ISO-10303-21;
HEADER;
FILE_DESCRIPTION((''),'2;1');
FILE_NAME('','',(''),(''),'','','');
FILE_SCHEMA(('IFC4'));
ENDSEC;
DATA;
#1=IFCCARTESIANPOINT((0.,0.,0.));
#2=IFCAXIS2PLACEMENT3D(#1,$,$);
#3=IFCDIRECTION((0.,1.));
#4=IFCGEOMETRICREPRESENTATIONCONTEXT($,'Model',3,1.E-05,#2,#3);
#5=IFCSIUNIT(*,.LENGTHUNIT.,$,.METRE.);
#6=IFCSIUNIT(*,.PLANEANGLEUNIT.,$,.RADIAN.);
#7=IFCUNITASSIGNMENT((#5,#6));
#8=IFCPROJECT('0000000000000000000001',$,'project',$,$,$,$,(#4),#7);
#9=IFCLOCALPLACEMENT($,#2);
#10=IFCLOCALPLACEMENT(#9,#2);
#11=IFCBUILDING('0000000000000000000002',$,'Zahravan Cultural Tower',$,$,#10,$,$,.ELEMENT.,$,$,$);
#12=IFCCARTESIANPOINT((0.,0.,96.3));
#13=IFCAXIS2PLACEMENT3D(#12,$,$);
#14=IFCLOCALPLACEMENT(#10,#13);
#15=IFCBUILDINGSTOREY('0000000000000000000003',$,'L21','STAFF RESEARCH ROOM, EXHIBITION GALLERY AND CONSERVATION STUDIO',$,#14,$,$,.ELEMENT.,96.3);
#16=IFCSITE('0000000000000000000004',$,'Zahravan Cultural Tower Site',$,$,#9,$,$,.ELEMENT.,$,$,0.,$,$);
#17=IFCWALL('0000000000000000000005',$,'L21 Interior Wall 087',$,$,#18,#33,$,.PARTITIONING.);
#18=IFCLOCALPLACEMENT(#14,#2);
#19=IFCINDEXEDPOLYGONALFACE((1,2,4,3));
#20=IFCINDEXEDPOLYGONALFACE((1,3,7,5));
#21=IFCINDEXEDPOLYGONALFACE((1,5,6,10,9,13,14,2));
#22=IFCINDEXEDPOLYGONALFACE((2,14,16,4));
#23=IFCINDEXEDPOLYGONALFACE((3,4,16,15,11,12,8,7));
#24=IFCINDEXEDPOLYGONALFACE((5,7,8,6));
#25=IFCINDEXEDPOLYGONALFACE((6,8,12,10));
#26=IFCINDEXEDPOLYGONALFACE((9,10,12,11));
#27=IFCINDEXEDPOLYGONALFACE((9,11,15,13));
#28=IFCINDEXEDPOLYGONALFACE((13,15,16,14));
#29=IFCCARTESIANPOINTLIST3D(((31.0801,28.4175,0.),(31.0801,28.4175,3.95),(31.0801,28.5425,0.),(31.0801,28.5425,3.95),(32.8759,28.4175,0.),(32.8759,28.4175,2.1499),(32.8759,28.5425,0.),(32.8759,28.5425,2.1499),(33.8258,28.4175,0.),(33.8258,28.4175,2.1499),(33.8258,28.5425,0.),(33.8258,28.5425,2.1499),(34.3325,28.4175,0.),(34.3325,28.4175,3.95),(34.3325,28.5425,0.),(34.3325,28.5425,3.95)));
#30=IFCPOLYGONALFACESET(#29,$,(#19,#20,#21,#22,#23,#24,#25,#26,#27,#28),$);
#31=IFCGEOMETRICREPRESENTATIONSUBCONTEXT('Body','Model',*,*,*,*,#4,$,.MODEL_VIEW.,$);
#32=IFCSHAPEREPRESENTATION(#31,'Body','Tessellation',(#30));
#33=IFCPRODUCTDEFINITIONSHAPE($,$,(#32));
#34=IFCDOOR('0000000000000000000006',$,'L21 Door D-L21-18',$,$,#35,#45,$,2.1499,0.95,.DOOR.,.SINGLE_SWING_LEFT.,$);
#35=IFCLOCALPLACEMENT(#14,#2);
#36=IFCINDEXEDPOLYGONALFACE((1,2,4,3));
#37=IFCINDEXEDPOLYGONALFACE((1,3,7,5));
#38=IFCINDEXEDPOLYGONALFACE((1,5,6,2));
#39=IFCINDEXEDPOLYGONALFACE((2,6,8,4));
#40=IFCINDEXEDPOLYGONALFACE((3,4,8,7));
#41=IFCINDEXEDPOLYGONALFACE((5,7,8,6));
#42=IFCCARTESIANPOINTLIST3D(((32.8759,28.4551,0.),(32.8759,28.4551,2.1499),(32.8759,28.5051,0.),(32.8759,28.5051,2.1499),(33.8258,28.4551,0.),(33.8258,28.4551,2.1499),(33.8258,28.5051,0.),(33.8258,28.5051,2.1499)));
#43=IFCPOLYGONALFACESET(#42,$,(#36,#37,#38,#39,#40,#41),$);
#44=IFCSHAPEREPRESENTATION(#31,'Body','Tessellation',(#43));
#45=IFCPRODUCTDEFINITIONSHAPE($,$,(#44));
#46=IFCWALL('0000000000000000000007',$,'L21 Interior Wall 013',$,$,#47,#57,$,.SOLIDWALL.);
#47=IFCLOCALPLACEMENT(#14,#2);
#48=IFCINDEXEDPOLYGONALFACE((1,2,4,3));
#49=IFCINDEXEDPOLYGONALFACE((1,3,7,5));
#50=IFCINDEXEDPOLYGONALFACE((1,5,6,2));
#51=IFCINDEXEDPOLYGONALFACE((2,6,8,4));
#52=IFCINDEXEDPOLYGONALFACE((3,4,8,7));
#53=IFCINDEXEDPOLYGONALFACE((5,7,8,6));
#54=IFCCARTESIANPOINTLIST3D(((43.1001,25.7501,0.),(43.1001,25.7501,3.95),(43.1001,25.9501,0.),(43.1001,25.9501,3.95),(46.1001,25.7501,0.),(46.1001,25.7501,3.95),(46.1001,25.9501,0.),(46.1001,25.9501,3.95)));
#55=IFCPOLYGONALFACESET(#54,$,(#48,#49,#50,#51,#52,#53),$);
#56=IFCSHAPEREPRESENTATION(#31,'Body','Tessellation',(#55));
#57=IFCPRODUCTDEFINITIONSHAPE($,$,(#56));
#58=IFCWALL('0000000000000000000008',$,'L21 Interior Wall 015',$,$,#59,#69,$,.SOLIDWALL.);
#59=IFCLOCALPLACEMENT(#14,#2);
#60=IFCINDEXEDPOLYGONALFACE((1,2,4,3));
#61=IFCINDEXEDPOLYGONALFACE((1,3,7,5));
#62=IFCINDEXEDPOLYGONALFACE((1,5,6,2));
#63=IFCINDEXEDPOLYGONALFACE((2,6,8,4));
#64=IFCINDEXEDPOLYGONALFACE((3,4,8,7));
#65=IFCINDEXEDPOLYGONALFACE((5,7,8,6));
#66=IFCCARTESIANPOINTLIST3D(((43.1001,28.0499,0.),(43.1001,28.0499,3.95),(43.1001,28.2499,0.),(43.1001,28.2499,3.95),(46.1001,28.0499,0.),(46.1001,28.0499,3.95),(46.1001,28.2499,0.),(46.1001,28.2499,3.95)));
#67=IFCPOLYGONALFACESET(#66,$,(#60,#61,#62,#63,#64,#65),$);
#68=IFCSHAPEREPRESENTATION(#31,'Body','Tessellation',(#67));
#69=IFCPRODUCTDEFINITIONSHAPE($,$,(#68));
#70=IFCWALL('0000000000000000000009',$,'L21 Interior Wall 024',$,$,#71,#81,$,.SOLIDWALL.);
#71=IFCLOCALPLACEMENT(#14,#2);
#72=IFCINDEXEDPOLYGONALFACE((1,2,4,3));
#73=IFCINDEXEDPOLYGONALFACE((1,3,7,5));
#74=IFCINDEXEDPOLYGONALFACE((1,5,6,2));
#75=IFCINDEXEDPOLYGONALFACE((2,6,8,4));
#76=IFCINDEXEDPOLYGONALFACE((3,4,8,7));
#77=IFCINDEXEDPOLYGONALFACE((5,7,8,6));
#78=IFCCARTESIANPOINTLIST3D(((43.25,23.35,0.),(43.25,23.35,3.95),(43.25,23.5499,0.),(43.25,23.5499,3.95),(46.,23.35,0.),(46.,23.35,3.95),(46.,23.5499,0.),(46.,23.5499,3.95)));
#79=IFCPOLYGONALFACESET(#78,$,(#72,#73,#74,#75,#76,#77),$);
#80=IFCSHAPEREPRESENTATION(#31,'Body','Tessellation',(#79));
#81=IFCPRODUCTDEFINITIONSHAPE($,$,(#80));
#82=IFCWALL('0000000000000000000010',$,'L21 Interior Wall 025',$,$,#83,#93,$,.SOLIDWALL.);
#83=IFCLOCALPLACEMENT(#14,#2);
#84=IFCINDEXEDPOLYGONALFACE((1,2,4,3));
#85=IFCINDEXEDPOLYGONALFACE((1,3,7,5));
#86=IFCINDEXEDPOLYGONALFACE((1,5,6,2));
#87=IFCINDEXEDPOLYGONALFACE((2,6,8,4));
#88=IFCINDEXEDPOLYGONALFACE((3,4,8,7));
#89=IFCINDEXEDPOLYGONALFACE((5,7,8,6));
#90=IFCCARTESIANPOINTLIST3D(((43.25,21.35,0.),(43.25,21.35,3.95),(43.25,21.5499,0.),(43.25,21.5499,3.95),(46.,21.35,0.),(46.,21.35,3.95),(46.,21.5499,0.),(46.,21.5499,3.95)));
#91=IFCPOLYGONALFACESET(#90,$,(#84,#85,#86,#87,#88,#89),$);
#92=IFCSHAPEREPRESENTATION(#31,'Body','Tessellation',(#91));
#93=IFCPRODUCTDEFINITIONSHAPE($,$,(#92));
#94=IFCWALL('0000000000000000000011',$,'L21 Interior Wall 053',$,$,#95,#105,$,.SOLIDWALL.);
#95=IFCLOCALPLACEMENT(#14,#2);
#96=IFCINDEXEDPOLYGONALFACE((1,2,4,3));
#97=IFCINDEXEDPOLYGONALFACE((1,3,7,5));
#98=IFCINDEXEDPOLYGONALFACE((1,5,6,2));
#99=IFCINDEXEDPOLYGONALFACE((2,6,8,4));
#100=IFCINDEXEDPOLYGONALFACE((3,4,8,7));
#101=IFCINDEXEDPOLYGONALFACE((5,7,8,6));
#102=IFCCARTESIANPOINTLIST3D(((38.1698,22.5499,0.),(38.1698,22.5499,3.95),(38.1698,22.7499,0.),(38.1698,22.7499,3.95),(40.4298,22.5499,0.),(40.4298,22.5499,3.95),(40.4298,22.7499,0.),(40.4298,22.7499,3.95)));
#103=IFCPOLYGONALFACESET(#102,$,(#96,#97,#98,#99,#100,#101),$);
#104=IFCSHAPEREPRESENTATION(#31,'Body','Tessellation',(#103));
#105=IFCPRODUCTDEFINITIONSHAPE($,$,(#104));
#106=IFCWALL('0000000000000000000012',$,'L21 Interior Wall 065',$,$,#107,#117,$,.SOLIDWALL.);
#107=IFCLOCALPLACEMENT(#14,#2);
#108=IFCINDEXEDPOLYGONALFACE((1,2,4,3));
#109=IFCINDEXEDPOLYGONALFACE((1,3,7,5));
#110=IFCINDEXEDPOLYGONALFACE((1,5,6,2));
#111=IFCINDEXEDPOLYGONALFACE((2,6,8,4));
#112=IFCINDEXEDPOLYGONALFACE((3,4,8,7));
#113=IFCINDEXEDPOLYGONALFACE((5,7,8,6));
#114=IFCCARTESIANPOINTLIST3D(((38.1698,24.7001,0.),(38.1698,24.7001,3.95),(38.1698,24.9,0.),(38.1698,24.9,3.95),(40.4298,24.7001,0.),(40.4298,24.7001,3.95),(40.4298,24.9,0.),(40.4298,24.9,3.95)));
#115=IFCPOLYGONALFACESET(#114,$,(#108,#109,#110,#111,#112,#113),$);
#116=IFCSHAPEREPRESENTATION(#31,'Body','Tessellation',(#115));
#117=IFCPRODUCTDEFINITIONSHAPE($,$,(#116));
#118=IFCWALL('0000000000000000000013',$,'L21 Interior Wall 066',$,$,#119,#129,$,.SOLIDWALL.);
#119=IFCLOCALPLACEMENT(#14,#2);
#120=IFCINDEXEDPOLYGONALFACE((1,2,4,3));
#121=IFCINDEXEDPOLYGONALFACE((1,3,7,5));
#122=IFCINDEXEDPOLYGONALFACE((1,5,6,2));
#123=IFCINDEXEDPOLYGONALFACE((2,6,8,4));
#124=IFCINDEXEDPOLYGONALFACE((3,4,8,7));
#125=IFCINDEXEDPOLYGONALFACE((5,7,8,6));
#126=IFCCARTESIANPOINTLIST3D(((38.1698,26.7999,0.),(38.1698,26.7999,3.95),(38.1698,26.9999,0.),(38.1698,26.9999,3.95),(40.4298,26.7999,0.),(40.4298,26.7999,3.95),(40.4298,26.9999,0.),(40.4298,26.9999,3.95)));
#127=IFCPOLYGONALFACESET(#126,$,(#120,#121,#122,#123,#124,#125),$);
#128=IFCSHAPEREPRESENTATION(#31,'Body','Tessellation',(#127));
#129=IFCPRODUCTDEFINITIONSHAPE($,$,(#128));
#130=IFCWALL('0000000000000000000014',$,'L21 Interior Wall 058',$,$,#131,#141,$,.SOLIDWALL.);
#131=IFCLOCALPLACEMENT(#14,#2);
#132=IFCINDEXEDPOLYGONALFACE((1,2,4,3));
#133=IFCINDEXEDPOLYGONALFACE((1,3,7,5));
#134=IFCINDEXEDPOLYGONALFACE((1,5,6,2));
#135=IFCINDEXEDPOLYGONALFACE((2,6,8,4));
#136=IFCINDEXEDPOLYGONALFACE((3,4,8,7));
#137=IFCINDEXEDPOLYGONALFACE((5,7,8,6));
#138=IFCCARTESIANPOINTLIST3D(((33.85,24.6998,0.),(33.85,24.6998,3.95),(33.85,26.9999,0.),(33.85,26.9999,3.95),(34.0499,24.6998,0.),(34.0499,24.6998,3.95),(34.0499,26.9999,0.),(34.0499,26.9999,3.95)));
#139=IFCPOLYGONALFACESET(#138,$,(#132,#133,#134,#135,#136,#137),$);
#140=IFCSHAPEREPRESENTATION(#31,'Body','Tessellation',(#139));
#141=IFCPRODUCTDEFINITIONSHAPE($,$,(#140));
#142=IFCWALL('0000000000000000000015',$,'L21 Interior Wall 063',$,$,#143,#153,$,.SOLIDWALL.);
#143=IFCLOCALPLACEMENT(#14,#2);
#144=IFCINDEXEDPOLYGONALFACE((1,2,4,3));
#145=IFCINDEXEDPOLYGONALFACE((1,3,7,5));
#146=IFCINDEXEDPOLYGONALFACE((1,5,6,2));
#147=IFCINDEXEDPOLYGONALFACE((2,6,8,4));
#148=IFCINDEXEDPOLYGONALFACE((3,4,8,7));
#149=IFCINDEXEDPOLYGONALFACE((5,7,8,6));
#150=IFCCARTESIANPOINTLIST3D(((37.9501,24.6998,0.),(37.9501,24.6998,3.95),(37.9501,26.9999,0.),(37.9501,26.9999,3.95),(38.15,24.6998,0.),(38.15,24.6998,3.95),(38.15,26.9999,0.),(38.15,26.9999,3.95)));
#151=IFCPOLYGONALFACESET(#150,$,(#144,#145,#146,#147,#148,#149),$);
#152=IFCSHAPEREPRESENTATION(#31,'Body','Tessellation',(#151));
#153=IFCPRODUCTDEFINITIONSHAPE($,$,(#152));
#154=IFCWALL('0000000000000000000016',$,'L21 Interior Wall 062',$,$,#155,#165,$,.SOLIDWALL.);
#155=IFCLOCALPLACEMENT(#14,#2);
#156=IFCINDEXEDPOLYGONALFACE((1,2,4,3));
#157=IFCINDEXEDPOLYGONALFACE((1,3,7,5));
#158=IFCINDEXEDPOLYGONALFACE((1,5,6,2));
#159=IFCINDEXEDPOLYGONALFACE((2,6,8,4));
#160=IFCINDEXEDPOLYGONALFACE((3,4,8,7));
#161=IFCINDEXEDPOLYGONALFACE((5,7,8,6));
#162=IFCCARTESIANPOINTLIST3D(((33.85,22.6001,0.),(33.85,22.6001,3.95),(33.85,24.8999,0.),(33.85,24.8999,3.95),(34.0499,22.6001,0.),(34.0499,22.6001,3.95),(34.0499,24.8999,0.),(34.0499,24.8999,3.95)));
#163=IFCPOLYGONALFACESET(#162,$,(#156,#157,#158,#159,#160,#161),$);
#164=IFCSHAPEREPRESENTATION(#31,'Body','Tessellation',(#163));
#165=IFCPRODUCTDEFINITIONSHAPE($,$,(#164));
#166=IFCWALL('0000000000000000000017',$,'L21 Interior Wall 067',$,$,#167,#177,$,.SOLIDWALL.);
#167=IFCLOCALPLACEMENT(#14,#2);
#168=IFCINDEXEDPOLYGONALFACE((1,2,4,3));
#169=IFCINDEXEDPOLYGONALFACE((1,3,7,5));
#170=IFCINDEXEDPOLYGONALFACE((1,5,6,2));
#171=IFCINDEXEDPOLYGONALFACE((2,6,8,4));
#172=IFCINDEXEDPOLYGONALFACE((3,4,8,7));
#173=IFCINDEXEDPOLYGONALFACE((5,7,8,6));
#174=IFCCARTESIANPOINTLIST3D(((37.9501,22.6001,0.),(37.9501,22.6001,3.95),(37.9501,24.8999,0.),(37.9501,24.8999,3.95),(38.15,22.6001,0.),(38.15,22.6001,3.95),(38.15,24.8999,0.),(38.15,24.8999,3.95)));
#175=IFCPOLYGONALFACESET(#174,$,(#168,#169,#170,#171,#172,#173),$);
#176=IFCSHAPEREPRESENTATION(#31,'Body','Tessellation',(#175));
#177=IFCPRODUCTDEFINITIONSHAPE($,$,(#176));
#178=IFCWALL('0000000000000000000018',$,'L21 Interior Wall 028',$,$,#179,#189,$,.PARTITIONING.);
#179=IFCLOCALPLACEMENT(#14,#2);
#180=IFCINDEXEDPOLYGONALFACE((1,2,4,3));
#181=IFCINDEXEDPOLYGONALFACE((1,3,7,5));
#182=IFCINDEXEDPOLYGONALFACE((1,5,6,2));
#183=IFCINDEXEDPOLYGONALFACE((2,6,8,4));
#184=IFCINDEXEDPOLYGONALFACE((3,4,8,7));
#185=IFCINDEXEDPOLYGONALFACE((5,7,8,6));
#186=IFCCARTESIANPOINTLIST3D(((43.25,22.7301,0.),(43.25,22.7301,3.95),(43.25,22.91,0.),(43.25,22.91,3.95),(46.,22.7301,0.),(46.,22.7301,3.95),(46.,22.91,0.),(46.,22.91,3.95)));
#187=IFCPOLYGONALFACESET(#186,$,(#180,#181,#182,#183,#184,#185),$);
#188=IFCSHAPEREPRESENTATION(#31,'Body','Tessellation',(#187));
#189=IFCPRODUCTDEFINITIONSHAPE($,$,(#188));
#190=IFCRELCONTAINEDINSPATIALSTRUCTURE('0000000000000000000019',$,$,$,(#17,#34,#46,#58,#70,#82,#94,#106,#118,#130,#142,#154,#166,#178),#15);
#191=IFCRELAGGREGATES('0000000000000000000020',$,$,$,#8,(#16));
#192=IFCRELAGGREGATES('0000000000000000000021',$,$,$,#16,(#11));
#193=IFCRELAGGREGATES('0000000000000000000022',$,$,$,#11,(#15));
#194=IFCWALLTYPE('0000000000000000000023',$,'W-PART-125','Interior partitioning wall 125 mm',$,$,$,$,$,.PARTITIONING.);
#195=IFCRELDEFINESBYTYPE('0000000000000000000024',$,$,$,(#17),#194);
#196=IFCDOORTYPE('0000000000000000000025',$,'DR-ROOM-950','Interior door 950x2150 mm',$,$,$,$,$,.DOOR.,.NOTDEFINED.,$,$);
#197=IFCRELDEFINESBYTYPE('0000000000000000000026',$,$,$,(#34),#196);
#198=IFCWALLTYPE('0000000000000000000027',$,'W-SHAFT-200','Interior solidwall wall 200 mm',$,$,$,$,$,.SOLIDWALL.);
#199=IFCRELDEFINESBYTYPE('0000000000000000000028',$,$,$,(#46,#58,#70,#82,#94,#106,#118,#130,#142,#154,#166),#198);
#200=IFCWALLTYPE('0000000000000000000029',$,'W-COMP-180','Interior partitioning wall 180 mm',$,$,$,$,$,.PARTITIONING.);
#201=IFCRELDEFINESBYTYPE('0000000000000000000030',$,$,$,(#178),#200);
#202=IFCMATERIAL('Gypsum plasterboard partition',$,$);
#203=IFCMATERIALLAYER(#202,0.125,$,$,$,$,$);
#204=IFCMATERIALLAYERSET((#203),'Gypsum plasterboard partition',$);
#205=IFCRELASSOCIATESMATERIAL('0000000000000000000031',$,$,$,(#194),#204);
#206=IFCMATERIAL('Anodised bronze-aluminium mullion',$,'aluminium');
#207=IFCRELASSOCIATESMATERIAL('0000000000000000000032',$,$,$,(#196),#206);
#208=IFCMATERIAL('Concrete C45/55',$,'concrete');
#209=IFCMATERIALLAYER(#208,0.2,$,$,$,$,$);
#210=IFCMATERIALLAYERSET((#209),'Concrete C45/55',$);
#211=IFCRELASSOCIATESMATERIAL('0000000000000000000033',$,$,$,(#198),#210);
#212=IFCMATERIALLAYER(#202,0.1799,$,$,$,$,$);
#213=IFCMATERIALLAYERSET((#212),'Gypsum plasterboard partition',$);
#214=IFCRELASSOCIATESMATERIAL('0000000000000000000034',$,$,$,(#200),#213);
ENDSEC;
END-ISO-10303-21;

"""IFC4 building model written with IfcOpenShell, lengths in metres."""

from ifc_helpers import new_model, si_unit, direction, frame, frame_2d, origin, place, context, subcontext, project, spatial, rectangle, extrude, source, transform, mapped, material, layer, layer_set, type_object, element, fill, save


model = new_model("IFC4")

# Units and contexts
model_context = context("Model", 3, precision=1e-05, world=origin(), true_north=direction((0.0, 1.0)))
body_context = subcontext(model_context, "Body", "Model", "MODEL_VIEW")
ifc_project = project(units=[si_unit("LENGTHUNIT", "METRE"), si_unit("PLANEANGLEUNIT", "RADIAN")], contexts=[model_context])

# Site, building, storey
site_placement = place(None, origin())
site = spatial("IfcSite", under=ifc_project, at=site_placement, Name="Zahravan Cultural Tower Site", CompositionType="ELEMENT", RefElevation=0.0)
building_placement = place(site_placement, origin())
building = spatial("IfcBuilding", under=site, at=building_placement, Name="Zahravan Cultural Tower", CompositionType="ELEMENT")
storey_placement = place(building_placement, frame((0.0, 0.0, 96.3)))
storey = spatial("IfcBuildingStorey", under=building, at=storey_placement, Name="L21", Description="STAFF RESEARCH ROOM, EXHIBITION GALLERY AND CONSERVATION STUDIO", CompositionType="ELEMENT", Elevation=96.3)

# Wall, opening, door
ifc_material_1 = material(Name="Gypsum plasterboard partition")
ifc_layer_1 = layer(ifc_material_1, 0.125)
ifc_layer_set_1 = layer_set([ifc_layer_1], Name="Gypsum plasterboard partition")
wall_type_1 = type_object("IfcWallType", Name="W-PART-125", Description="Interior partitioning wall 125 mm", PredefinedType="PARTITIONING", material=ifc_layer_set_1)
ifc_material_2 = material(Name="Anodised bronze-aluminium mullion", Category="aluminium")
wall_1_placement = place(storey_placement, frame((34.3325, 28.48, 0.0), z_axis=(0.0, 0.0, 1.0), x_axis=(-1.0, 0.0, 0.0)))
wall_1 = element("IfcWall", 1, at=wall_1_placement, inside=storey, type_object=wall_type_1, Name="L21 Interior Wall 087", PredefinedType="PARTITIONING", context=body_context, shape_type="SweptSolid", body=[
    extrude(rectangle(XDim=3.2524, YDim=0.125, at=frame_2d((1.6262, 0.0))), origin(), (0.0, 0.0, 1.0), 3.95),
])
opening_1_placement = place(wall_1_placement, frame((0.5066, 0.0, 0.0)))
opening_1 = element("IfcOpeningElement", 2, at=opening_1_placement, cuts=wall_1, PredefinedType="OPENING", context=body_context, shape_type="SweptSolid", body=[
    extrude(rectangle(XDim=0.95, YDim=2.1499, at=frame_2d((0.4751, 1.075))), frame((0.0, 0.0725, 0.0), z_axis=(0.0, -1.0, 0.0), x_axis=(1.0, 0.0, 0.0)), (0.0, 0.0, 1.0), 0.145),
])
door_type_1 = type_object("IfcDoorType", Name="DR-ROOM-950", Description="Interior door 950x2150 mm", OperationType="NOTDEFINED", PredefinedType="DOOR", material=ifc_material_2)
shared_shape_1 = source(origin(), body_context, "Body", "SweptSolid", [
    extrude(rectangle(XDim=0.95, YDim=2.1499, at=frame_2d((0.4751, 1.075))), frame((0.0, 0.0249, 0.0), z_axis=(0.0, -1.0, 0.0), x_axis=(1.0, 0.0, 0.0)), (0.0, 0.0, 1.0), 0.05),
])
door_1_placement = place(opening_1_placement, origin())
door_1 = element("IfcDoor", 3, at=door_1_placement, inside=storey, type_object=door_type_1, Name="L21 Door D-L21-18", OperationType="SINGLE_SWING_LEFT", OverallHeight=2.1499, OverallWidth=0.95, PredefinedType="DOOR", context=body_context, shape_type="MappedRepresentation", body=[
    mapped(shared_shape_1, transform((0.0, 0.0, 0.0), x_axis=(1.0, 0.0, 0.0), y_axis=(0.0, 1.0, 0.0), z_axis=(0.0, 0.0, 1.0), scale=1.0)),
])
fill(opening_1, door_1)
ifc_material_3 = material(Name="Concrete C45/55", Category="concrete")
ifc_layer_2 = layer(ifc_material_3, 0.2)
ifc_layer_set_2 = layer_set([ifc_layer_2], Name="Concrete C45/55")
wall_type_2 = type_object("IfcWallType", Name="W-SHAFT-200", Description="Interior solidwall wall 200 mm", PredefinedType="SOLIDWALL", material=ifc_layer_set_2)

# Walls
shared_shape_2 = source(origin(), body_context, "Body", "SweptSolid", [
    extrude(rectangle(XDim=3.0, YDim=0.2, at=frame_2d((1.5, 0.0))), origin(), (0.0, 0.0, 1.0), 3.95),
])
for number, where, z_axis, x_axis, name in (
    (4, (43.1001, 25.8501, 0.0), (0.0, 0.0, 1.0), (1.0, 0.0, 0.0), "L21 Interior Wall 013"),
    (5, (43.1001, 28.1499, 0.0), (0.0, 0.0, 1.0), (1.0, 0.0, 0.0), "L21 Interior Wall 015"),
):
    element("IfcWall", number, at=place(storey_placement, frame(where, z_axis=z_axis, x_axis=x_axis)), inside=storey, type_object=wall_type_2, Name=name, PredefinedType="SOLIDWALL", context=body_context, shape_type="MappedRepresentation", body=[
        mapped(shared_shape_2, transform((0.0, 0.0, 0.0), x_axis=(1.0, 0.0, 0.0), y_axis=(0.0, 1.0, 0.0), z_axis=(0.0, 0.0, 1.0), scale=1.0)),
    ])
shared_shape_3 = source(origin(), body_context, "Body", "SweptSolid", [
    extrude(rectangle(XDim=2.75, YDim=0.2, at=frame_2d((1.375, 0.0))), origin(), (0.0, 0.0, 1.0), 3.95),
])
for number, where, z_axis, x_axis, name in (
    (6, (43.25, 23.45, 0.0), (0.0, 0.0, 1.0), (1.0, 0.0, 0.0), "L21 Interior Wall 024"),
    (7, (43.25, 21.45, 0.0), (0.0, 0.0, 1.0), (1.0, 0.0, 0.0), "L21 Interior Wall 025"),
):
    element("IfcWall", number, at=place(storey_placement, frame(where, z_axis=z_axis, x_axis=x_axis)), inside=storey, type_object=wall_type_2, Name=name, PredefinedType="SOLIDWALL", context=body_context, shape_type="MappedRepresentation", body=[
        mapped(shared_shape_3, transform((0.0, 0.0, 0.0), x_axis=(1.0, 0.0, 0.0), y_axis=(0.0, 1.0, 0.0), z_axis=(0.0, 0.0, 1.0), scale=1.0)),
    ])
shared_shape_4 = source(origin(), body_context, "Body", "SweptSolid", [
    extrude(rectangle(XDim=2.26, YDim=0.2, at=frame_2d((1.1299, 0.0))), origin(), (0.0, 0.0, 1.0), 3.95),
])
for number, where, z_axis, x_axis, name in (
    (8, (38.1699, 22.6499, 0.0), (0.0, 0.0, 1.0), (1.0, 0.0, 0.0), "L21 Interior Wall 053"),
    (9, (38.1699, 24.8, 0.0), (0.0, 0.0, 1.0), (1.0, 0.0, 0.0), "L21 Interior Wall 065"),
    (10, (38.1699, 26.8999, 0.0), (0.0, 0.0, 1.0), (1.0, 0.0, 0.0), "L21 Interior Wall 066"),
):
    element("IfcWall", number, at=place(storey_placement, frame(where, z_axis=z_axis, x_axis=x_axis)), inside=storey, type_object=wall_type_2, Name=name, PredefinedType="SOLIDWALL", context=body_context, shape_type="MappedRepresentation", body=[
        mapped(shared_shape_4, transform((0.0, 0.0, 0.0), x_axis=(1.0, 0.0, 0.0), y_axis=(0.0, 1.0, 0.0), z_axis=(0.0, 0.0, 1.0), scale=1.0)),
    ])
shared_shape_5 = source(origin(), body_context, "Body", "SweptSolid", [
    extrude(rectangle(XDim=2.3, YDim=0.2, at=frame_2d((1.1499, 0.0))), origin(), (0.0, 0.0, 1.0), 3.95),
])
for number, where, z_axis, x_axis, name in (
    (11, (33.95, 24.7, 0.0), (0.0, 0.0, 1.0), (0.0, 1.0, 0.0), "L21 Interior Wall 058"),
    (12, (38.05, 24.7, 0.0), (0.0, 0.0, 1.0), (0.0, 1.0, 0.0), "L21 Interior Wall 063"),
):
    element("IfcWall", number, at=place(storey_placement, frame(where, z_axis=z_axis, x_axis=x_axis)), inside=storey, type_object=wall_type_2, Name=name, PredefinedType="SOLIDWALL", context=body_context, shape_type="MappedRepresentation", body=[
        mapped(shared_shape_5, transform((0.0, 0.0, 0.0), x_axis=(1.0, 0.0, 0.0), y_axis=(0.0, 1.0, 0.0), z_axis=(0.0, 0.0, 1.0), scale=1.0)),
    ])
shared_shape_6 = source(origin(), body_context, "Body", "SweptSolid", [
    extrude(rectangle(XDim=2.2998, YDim=0.2, at=frame_2d((1.1499, 0.0))), origin(), (0.0, 0.0, 1.0), 3.95),
])
for number, where, z_axis, x_axis, name in (
    (13, (33.95, 22.6001, 0.0), (0.0, 0.0, 1.0), (0.0, 1.0, 0.0), "L21 Interior Wall 062"),
    (14, (38.05, 22.6001, 0.0), (0.0, 0.0, 1.0), (0.0, 1.0, 0.0), "L21 Interior Wall 067"),
):
    element("IfcWall", number, at=place(storey_placement, frame(where, z_axis=z_axis, x_axis=x_axis)), inside=storey, type_object=wall_type_2, Name=name, PredefinedType="SOLIDWALL", context=body_context, shape_type="MappedRepresentation", body=[
        mapped(shared_shape_6, transform((0.0, 0.0, 0.0), x_axis=(1.0, 0.0, 0.0), y_axis=(0.0, 1.0, 0.0), z_axis=(0.0, 0.0, 1.0), scale=1.0)),
    ])
ifc_layer_3 = layer(ifc_material_1, 0.1799)
ifc_layer_set_3 = layer_set([ifc_layer_3], Name="Gypsum plasterboard partition")
wall_type_3 = type_object("IfcWallType", Name="W-COMP-180", Description="Interior partitioning wall 180 mm", PredefinedType="PARTITIONING", material=ifc_layer_set_3)
shared_shape_7 = source(origin(), body_context, "Body", "SweptSolid", [
    extrude(rectangle(XDim=2.75, YDim=0.1799, at=frame_2d((1.375, 0.0))), origin(), (0.0, 0.0, 1.0), 3.95),
])
wall_2_placement = place(storey_placement, frame((43.25, 22.8201, 0.0), z_axis=(0.0, 0.0, 1.0), x_axis=(1.0, 0.0, 0.0)))
element("IfcWall", 15, at=wall_2_placement, inside=storey, type_object=wall_type_3, Name="L21 Interior Wall 028", PredefinedType="PARTITIONING", context=body_context, shape_type="MappedRepresentation", body=[
    mapped(shared_shape_7, transform((0.0, 0.0, 0.0), x_axis=(1.0, 0.0, 0.0), y_axis=(0.0, 1.0, 0.0), z_axis=(0.0, 0.0, 1.0), scale=1.0)),
])

save(model, "model.ifc")
